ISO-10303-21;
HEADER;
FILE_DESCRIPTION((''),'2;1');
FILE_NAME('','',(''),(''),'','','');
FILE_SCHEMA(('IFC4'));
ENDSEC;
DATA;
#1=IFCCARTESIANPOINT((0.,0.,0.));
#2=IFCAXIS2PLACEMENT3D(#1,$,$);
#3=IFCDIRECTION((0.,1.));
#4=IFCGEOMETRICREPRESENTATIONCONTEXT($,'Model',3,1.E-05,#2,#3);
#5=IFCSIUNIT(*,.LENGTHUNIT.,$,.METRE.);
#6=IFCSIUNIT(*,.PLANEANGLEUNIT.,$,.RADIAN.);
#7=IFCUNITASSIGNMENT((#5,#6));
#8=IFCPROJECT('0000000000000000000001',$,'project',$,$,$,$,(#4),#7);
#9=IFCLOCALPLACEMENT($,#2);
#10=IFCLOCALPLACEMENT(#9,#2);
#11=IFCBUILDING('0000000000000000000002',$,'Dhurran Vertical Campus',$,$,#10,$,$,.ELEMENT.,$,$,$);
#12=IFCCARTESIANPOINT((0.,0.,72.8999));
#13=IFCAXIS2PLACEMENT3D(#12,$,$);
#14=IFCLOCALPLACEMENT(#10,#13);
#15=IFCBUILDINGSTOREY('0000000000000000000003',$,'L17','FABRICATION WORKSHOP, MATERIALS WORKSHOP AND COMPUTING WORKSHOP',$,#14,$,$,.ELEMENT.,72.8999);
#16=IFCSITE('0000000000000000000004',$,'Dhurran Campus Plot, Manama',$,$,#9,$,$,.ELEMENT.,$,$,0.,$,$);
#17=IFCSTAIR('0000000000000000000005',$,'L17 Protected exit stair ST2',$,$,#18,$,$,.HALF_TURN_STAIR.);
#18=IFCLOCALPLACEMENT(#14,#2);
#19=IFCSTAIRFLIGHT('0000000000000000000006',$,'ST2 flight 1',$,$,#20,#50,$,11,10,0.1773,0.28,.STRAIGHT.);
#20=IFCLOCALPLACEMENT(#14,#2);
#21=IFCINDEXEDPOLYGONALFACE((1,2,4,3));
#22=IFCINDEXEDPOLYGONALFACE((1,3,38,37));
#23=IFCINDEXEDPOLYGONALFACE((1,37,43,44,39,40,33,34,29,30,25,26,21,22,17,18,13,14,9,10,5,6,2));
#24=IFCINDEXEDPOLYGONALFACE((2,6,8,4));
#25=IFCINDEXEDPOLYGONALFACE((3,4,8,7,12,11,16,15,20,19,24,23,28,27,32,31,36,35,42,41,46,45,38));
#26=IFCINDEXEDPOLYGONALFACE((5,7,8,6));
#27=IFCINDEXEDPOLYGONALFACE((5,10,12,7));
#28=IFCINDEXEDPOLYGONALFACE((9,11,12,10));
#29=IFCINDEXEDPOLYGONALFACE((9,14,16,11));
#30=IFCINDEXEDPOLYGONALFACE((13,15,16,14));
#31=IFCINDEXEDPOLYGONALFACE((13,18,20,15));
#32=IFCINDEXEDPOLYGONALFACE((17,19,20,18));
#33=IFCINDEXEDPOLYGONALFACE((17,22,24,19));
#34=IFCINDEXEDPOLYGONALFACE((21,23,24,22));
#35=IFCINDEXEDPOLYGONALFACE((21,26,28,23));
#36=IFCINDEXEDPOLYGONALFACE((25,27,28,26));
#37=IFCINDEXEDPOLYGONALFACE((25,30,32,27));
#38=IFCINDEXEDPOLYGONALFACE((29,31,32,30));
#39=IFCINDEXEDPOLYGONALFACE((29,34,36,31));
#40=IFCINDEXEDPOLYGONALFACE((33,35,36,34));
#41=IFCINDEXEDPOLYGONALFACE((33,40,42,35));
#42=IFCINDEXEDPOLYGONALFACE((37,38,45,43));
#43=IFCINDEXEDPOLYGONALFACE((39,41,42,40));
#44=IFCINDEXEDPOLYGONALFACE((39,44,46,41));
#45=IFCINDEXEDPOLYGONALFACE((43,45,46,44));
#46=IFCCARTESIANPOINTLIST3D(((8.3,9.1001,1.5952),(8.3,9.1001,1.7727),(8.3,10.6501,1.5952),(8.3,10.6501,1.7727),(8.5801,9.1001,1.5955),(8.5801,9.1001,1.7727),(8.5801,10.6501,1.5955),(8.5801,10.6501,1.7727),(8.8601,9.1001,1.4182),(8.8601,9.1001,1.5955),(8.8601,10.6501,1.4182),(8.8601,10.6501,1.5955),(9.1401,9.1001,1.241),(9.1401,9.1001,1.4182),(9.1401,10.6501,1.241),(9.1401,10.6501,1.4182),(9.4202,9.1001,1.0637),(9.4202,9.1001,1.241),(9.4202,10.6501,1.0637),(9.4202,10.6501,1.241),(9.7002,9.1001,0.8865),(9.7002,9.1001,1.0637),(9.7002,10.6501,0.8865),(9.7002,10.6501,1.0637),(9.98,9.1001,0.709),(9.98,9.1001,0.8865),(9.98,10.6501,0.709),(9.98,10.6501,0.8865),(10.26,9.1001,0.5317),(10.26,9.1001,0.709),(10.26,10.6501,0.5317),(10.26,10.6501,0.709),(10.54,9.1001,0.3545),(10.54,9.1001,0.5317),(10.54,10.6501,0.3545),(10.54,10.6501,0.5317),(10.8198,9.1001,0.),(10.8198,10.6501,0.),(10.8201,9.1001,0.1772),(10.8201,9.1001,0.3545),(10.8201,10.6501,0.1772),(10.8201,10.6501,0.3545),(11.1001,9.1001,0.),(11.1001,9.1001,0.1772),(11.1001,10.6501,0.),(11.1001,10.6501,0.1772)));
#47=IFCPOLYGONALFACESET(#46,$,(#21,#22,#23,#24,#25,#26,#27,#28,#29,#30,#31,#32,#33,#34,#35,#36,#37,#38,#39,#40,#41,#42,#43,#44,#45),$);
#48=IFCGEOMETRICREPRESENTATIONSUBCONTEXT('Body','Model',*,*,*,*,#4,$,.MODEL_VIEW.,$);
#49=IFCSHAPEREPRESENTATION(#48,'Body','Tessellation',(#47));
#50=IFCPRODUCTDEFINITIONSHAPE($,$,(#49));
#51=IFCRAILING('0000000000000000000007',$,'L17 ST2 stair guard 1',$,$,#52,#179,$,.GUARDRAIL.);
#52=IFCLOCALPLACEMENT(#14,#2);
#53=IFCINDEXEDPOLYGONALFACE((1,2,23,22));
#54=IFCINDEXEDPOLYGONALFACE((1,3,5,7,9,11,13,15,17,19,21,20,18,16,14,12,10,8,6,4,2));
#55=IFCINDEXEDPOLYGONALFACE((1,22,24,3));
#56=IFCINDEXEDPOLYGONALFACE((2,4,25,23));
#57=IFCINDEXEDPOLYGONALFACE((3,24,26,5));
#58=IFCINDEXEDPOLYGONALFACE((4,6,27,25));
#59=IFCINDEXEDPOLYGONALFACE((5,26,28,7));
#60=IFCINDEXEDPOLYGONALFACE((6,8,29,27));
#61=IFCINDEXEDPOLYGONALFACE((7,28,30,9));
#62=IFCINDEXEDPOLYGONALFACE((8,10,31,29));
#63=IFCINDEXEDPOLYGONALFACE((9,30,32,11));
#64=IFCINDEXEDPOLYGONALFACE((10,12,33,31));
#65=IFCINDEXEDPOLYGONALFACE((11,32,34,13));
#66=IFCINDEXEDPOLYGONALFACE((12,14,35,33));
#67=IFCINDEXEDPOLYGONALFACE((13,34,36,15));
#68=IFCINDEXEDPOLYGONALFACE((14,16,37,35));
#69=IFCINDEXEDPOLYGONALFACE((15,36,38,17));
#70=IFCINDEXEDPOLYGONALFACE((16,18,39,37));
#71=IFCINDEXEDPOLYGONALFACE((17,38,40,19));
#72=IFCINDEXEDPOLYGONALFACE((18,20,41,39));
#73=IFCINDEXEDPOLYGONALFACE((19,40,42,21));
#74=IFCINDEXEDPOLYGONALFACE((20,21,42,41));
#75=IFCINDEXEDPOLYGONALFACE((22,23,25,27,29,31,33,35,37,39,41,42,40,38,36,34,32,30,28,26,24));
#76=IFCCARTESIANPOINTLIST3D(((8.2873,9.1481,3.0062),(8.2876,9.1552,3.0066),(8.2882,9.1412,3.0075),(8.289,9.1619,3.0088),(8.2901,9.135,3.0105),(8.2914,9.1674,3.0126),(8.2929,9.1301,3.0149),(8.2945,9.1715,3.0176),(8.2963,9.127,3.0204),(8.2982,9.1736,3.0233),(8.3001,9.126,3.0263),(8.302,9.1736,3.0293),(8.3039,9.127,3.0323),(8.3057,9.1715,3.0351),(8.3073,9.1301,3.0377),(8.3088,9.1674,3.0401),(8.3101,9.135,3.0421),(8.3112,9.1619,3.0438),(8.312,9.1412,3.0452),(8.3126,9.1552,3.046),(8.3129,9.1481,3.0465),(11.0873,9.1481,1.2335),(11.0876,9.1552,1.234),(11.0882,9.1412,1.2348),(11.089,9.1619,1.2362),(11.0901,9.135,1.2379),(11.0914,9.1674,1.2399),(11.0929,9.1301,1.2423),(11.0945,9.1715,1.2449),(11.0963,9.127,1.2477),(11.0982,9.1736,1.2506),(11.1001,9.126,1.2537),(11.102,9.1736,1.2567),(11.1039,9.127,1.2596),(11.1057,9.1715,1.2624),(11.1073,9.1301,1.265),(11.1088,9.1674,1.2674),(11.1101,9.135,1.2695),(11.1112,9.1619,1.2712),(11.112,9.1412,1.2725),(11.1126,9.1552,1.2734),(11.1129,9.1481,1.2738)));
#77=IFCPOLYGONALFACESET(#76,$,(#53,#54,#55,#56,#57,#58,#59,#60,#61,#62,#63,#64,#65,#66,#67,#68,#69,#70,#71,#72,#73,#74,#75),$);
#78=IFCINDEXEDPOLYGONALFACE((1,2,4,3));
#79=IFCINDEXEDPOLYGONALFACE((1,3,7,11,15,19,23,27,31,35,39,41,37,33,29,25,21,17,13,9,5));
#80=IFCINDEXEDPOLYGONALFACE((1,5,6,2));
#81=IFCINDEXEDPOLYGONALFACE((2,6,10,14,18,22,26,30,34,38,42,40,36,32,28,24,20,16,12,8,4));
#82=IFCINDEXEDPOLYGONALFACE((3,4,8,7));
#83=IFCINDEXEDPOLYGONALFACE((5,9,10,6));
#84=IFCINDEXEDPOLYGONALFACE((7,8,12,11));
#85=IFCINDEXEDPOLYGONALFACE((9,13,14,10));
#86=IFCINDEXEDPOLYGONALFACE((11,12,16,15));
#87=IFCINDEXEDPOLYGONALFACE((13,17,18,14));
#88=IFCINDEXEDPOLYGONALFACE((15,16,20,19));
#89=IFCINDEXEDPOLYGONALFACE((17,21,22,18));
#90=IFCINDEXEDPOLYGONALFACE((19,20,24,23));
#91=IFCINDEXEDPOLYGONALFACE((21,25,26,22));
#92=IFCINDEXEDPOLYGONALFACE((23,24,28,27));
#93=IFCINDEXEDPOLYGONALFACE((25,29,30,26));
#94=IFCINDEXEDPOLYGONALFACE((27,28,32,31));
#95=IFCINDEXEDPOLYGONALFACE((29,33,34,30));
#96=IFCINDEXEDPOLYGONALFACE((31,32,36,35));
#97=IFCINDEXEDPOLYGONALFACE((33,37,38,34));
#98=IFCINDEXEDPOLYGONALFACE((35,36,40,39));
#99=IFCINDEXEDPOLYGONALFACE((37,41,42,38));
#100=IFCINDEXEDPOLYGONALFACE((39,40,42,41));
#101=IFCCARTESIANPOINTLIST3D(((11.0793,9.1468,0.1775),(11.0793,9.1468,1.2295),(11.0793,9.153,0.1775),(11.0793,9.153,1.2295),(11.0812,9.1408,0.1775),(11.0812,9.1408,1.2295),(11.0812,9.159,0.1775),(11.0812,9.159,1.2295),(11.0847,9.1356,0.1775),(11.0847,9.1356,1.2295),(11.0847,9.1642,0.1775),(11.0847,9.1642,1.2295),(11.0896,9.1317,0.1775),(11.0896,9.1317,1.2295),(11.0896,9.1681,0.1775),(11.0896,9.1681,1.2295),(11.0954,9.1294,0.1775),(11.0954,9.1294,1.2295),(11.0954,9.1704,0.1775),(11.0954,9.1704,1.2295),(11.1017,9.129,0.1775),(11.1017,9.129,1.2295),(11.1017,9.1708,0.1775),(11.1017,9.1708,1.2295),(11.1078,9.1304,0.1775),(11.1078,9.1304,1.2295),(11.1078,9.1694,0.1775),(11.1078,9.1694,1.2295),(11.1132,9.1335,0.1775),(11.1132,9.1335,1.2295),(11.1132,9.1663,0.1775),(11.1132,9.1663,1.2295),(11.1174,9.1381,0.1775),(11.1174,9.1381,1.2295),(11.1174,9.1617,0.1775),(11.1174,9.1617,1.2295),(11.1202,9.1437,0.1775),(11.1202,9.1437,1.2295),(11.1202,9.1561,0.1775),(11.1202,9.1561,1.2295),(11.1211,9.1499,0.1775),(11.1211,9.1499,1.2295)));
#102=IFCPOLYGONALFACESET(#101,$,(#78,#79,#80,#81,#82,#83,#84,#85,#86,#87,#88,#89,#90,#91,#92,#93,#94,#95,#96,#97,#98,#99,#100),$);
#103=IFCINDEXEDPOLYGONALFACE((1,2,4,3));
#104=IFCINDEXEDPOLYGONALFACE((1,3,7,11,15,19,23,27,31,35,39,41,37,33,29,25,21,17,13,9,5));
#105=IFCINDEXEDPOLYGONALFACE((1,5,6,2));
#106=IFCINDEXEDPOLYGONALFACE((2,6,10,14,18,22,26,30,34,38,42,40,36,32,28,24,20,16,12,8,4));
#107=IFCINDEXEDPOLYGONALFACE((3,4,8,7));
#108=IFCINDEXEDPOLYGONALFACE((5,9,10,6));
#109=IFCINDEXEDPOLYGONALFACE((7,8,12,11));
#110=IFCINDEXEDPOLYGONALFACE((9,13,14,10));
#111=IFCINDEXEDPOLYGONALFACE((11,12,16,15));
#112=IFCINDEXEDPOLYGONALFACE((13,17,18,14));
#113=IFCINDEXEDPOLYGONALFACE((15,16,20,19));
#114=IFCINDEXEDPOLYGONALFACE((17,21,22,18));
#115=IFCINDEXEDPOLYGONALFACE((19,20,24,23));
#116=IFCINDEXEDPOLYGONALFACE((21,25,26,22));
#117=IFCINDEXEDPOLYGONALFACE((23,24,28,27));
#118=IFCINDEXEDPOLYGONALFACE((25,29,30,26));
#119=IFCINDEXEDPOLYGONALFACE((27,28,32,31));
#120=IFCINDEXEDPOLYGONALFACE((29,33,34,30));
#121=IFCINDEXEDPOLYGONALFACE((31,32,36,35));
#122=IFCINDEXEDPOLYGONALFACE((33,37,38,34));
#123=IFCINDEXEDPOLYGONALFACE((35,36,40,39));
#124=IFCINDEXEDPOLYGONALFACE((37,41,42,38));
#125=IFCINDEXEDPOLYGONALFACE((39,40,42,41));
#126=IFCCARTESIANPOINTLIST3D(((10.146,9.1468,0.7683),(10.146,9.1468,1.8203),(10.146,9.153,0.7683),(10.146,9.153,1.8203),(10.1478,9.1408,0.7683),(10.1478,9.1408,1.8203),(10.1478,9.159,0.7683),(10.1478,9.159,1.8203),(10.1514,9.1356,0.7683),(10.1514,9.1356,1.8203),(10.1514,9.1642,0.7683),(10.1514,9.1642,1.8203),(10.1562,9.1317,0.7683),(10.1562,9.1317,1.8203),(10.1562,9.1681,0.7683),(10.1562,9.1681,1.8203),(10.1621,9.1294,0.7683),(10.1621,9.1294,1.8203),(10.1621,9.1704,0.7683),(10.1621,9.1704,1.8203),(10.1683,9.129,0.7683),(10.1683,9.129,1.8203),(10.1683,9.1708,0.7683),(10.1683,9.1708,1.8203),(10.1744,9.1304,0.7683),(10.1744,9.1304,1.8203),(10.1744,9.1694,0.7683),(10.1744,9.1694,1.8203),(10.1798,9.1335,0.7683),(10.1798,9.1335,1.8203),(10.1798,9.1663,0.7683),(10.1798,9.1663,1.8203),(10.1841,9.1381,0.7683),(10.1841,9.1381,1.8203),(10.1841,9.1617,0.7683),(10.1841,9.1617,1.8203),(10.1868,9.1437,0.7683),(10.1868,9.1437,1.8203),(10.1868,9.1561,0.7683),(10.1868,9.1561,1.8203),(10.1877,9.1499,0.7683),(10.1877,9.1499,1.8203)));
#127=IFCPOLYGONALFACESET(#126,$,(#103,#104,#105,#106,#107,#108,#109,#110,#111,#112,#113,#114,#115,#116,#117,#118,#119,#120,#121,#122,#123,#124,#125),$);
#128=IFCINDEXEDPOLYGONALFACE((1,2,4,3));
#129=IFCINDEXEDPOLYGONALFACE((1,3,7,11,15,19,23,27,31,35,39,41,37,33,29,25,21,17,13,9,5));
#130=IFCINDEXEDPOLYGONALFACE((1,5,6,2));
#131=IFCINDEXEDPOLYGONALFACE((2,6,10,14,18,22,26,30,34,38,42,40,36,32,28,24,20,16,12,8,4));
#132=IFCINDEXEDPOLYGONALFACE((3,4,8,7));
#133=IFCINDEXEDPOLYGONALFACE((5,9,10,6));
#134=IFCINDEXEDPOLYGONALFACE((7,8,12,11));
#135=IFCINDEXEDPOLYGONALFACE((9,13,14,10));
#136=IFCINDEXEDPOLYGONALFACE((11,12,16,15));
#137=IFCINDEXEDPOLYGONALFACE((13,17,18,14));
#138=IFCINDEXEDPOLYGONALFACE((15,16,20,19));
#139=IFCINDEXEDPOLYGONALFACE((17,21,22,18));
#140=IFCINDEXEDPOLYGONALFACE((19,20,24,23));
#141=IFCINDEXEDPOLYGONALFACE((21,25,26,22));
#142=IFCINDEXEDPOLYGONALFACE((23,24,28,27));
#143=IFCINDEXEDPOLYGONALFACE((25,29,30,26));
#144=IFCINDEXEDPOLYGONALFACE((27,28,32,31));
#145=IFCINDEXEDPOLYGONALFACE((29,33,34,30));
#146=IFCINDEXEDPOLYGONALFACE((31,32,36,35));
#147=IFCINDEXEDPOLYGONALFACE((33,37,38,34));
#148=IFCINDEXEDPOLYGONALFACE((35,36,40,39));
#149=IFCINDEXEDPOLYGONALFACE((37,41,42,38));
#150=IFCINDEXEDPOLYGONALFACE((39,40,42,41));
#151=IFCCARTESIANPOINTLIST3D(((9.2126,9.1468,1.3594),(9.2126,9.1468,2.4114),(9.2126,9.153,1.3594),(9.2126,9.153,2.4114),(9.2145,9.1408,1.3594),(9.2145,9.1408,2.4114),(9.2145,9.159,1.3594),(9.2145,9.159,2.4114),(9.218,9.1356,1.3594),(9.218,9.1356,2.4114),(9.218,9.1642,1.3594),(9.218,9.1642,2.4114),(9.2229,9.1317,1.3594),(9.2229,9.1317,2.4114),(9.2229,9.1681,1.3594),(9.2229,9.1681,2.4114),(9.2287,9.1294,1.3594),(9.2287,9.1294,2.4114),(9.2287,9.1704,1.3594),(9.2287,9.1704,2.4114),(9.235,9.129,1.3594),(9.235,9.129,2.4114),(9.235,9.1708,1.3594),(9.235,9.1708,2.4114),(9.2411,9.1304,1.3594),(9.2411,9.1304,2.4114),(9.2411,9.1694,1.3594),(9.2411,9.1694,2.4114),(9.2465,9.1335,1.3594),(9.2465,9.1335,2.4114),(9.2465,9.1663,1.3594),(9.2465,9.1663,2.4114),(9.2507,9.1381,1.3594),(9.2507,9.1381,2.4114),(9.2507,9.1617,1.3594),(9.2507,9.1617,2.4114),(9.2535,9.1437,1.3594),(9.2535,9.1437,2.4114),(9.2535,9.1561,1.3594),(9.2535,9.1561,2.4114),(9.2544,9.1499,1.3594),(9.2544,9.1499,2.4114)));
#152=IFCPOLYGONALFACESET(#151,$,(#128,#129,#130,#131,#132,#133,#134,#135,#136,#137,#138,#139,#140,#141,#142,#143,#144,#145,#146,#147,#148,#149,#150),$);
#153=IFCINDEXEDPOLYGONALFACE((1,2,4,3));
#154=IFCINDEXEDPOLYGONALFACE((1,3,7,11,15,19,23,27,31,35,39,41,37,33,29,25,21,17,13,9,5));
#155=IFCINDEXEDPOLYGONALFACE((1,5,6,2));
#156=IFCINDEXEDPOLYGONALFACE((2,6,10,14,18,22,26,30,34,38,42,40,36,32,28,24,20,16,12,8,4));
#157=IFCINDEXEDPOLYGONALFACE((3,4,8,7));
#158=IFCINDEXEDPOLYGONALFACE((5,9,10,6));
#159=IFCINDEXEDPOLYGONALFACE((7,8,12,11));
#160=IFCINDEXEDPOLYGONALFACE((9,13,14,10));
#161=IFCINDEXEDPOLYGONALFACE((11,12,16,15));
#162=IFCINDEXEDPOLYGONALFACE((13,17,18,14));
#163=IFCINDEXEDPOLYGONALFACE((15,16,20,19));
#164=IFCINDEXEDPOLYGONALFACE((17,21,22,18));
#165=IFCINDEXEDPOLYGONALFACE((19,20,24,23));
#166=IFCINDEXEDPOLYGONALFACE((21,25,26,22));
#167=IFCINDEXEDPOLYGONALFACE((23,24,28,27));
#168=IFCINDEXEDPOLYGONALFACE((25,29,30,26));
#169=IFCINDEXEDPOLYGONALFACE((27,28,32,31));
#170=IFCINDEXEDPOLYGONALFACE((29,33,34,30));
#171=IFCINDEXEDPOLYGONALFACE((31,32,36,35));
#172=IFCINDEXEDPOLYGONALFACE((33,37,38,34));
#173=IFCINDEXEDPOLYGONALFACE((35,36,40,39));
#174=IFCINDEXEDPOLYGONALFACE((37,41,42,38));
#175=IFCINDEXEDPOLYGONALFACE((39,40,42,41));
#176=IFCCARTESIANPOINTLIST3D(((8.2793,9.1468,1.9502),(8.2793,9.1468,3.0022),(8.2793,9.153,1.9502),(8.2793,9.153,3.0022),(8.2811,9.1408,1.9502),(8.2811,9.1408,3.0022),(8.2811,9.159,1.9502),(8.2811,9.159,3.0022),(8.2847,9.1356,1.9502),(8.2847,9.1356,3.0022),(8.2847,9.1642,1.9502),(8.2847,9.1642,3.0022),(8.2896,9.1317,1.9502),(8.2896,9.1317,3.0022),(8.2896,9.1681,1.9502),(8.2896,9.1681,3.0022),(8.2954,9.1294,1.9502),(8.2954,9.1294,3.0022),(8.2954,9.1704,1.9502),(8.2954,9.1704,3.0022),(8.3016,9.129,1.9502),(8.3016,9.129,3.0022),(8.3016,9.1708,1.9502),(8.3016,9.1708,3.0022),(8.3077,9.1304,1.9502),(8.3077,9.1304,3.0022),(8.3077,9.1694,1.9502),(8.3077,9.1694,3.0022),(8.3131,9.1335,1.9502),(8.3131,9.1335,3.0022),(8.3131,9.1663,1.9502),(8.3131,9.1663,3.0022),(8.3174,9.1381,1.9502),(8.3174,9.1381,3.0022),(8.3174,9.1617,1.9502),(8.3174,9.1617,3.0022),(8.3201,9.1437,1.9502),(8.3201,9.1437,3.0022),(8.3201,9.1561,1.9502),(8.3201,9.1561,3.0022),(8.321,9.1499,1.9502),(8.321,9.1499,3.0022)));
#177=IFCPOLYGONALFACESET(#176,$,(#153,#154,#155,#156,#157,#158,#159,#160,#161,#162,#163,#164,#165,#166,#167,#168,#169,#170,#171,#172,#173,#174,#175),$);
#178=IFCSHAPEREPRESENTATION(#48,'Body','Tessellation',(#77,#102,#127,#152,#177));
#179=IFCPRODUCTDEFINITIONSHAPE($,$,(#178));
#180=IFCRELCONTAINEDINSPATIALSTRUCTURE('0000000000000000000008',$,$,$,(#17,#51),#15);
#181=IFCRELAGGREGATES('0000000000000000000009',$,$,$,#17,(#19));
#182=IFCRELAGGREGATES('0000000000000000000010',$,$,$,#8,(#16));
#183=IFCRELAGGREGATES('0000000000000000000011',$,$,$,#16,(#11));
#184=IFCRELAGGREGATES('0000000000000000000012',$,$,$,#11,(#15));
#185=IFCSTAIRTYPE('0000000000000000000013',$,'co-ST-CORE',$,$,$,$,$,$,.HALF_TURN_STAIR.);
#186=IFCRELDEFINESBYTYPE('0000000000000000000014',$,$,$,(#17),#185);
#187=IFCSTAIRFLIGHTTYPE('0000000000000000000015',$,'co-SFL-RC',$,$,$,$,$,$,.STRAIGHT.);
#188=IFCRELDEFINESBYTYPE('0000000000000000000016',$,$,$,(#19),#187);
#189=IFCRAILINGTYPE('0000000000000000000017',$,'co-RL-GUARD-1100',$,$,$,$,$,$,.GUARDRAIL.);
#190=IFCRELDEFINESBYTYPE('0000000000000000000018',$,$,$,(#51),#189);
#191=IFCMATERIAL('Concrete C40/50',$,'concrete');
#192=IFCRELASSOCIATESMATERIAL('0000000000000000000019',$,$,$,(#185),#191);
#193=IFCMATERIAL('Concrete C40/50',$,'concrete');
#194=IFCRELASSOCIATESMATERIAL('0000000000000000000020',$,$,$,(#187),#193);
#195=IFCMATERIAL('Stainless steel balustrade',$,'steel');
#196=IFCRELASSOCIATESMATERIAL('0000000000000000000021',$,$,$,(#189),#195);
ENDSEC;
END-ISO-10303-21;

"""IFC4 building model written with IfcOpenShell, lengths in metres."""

from ifc_helpers import new_model, si_unit, direction, frame, origin, origin_2d, place, context, subcontext, project, spatial, polyline, circle, outline, extrude, material, type_object, element, aggregate, save


model = new_model("IFC4")

# Units and contexts
model_context = context("Model", 3, precision=1e-05, world=origin(), true_north=direction((0.0, 1.0)))
body_context = subcontext(model_context, "Body", "Model", "MODEL_VIEW")
ifc_project = project(units=[si_unit("LENGTHUNIT", "METRE"), si_unit("PLANEANGLEUNIT", "RADIAN")], contexts=[model_context])

# Site, building, storey
site_placement = place(None, origin())
site = spatial("IfcSite", under=ifc_project, at=site_placement, Name="Dhurran Campus Plot, Manama", CompositionType="ELEMENT", RefElevation=0.0)
building_placement = place(site_placement, origin())
building = spatial("IfcBuilding", under=site, at=building_placement, Name="Dhurran Vertical Campus", CompositionType="ELEMENT")
storey_placement = place(building_placement, frame((0.0, 0.0, 72.8999)))
storey = spatial("IfcBuildingStorey", under=building, at=storey_placement, Name="L17", Description="FABRICATION WORKSHOP, MATERIALS WORKSHOP AND COMPUTING WORKSHOP", CompositionType="ELEMENT", Elevation=72.8999)

# Stair, stair flight
ifc_material_1 = material(Name="Concrete C40/50", Category="concrete")
stair_type = type_object("IfcStairType", Name="co-ST-CORE", PredefinedType="HALF_TURN_STAIR", material=ifc_material_1)
stair_placement = place(storey_placement, origin())
stair = element("IfcStair", 1, at=stair_placement, inside=storey, type_object=stair_type, Name="L17 Protected exit stair ST2", PredefinedType="HALF_TURN_STAIR")
ifc_material_2 = material(Name="Concrete C40/50", Category="concrete")
stair_flight_type = type_object("IfcStairFlightType", Name="co-SFL-RC", PredefinedType="STRAIGHT", material=ifc_material_2)
stair_flight_placement = place(storey_placement, frame((11.1001, 9.875, 0.0), z_axis=(0.0, 0.0, 1.0), x_axis=(-1.0, 0.0, 0.0)))
stair_flight = element("IfcStairFlight", 2, at=stair_flight_placement, type_object=stair_flight_type, Name="ST2 flight 1", NumberOfRisers=11, NumberOfTreads=10, PredefinedType="STRAIGHT", RiserHeight=0.1773, TreadLength=0.28, context=body_context, shape_type="SweptSolid", body=[
    extrude(outline(polyline([(0.0, 0.0), (0.0, 0.1772), (0.28, 0.1772), (0.28, 0.3545), (0.5601, 0.3545), (0.5601, 0.5317), (0.8401, 0.5317), (0.8401, 0.709), (1.1201, 0.709), (1.1201, 0.8865), (1.3999, 0.8865), (1.3999, 1.0637), (1.6799, 1.0637), (1.6799, 1.241), (1.96, 1.241), (1.96, 1.4182), (2.24, 1.4182), (2.24, 1.5955), (2.52, 1.5955), (2.52, 1.7727), (2.8, 1.7727), (2.8, 1.95), (2.8, 1.5952), (0.2803, 0.0), (0.0, 0.0)])), frame((0.0, 0.7749, 0.0), z_axis=(0.0, -1.0, 0.0), x_axis=(1.0, 0.0, 0.0)), (0.0, 0.0, 1.0), 1.55),
])
aggregate(stair, [stair_flight])

# Railing
ifc_material_3 = material(Name="Stainless steel balustrade", Category="steel")
railing_type_1 = type_object("IfcRailingType", Name="co-RL-GUARD-1100", PredefinedType="GUARDRAIL", material=ifc_material_3)
railing_1_placement = place(storey_placement, frame((11.1001, 9.1499, 0.1775)))
element("IfcRailing", 3, at=railing_1_placement, inside=storey, type_object=railing_type_1, Name="L17 ST2 stair guard 1", PredefinedType="GUARDRAIL", context=body_context, shape_type="SweptSolid", body=[
    extrude(circle(Radius=0.0239, at=origin_2d()), frame((0.0, 0.0, 1.0762), z_axis=(-0.844909, 0.0, 0.53491), x_axis=(0.0, -1.0, 0.0)), (0.0, 0.0, 1.0), 3.314),
    extrude(circle(Radius=0.021, at=origin_2d()), origin(), (0.0, 0.0, 1.0), 1.052),
    extrude(circle(Radius=0.021, at=origin_2d()), frame((-0.9333, 0.0, 0.5908)), (0.0, 0.0, 1.0), 1.052),
    extrude(circle(Radius=0.021, at=origin_2d()), frame((-1.8667, 0.0, 1.1819)), (0.0, 0.0, 1.0), 1.052),
    extrude(circle(Radius=0.021, at=origin_2d()), frame((-2.8, 0.0, 1.7727)), (0.0, 0.0, 1.0), 1.052),
])

save(model, "model.ifc")
